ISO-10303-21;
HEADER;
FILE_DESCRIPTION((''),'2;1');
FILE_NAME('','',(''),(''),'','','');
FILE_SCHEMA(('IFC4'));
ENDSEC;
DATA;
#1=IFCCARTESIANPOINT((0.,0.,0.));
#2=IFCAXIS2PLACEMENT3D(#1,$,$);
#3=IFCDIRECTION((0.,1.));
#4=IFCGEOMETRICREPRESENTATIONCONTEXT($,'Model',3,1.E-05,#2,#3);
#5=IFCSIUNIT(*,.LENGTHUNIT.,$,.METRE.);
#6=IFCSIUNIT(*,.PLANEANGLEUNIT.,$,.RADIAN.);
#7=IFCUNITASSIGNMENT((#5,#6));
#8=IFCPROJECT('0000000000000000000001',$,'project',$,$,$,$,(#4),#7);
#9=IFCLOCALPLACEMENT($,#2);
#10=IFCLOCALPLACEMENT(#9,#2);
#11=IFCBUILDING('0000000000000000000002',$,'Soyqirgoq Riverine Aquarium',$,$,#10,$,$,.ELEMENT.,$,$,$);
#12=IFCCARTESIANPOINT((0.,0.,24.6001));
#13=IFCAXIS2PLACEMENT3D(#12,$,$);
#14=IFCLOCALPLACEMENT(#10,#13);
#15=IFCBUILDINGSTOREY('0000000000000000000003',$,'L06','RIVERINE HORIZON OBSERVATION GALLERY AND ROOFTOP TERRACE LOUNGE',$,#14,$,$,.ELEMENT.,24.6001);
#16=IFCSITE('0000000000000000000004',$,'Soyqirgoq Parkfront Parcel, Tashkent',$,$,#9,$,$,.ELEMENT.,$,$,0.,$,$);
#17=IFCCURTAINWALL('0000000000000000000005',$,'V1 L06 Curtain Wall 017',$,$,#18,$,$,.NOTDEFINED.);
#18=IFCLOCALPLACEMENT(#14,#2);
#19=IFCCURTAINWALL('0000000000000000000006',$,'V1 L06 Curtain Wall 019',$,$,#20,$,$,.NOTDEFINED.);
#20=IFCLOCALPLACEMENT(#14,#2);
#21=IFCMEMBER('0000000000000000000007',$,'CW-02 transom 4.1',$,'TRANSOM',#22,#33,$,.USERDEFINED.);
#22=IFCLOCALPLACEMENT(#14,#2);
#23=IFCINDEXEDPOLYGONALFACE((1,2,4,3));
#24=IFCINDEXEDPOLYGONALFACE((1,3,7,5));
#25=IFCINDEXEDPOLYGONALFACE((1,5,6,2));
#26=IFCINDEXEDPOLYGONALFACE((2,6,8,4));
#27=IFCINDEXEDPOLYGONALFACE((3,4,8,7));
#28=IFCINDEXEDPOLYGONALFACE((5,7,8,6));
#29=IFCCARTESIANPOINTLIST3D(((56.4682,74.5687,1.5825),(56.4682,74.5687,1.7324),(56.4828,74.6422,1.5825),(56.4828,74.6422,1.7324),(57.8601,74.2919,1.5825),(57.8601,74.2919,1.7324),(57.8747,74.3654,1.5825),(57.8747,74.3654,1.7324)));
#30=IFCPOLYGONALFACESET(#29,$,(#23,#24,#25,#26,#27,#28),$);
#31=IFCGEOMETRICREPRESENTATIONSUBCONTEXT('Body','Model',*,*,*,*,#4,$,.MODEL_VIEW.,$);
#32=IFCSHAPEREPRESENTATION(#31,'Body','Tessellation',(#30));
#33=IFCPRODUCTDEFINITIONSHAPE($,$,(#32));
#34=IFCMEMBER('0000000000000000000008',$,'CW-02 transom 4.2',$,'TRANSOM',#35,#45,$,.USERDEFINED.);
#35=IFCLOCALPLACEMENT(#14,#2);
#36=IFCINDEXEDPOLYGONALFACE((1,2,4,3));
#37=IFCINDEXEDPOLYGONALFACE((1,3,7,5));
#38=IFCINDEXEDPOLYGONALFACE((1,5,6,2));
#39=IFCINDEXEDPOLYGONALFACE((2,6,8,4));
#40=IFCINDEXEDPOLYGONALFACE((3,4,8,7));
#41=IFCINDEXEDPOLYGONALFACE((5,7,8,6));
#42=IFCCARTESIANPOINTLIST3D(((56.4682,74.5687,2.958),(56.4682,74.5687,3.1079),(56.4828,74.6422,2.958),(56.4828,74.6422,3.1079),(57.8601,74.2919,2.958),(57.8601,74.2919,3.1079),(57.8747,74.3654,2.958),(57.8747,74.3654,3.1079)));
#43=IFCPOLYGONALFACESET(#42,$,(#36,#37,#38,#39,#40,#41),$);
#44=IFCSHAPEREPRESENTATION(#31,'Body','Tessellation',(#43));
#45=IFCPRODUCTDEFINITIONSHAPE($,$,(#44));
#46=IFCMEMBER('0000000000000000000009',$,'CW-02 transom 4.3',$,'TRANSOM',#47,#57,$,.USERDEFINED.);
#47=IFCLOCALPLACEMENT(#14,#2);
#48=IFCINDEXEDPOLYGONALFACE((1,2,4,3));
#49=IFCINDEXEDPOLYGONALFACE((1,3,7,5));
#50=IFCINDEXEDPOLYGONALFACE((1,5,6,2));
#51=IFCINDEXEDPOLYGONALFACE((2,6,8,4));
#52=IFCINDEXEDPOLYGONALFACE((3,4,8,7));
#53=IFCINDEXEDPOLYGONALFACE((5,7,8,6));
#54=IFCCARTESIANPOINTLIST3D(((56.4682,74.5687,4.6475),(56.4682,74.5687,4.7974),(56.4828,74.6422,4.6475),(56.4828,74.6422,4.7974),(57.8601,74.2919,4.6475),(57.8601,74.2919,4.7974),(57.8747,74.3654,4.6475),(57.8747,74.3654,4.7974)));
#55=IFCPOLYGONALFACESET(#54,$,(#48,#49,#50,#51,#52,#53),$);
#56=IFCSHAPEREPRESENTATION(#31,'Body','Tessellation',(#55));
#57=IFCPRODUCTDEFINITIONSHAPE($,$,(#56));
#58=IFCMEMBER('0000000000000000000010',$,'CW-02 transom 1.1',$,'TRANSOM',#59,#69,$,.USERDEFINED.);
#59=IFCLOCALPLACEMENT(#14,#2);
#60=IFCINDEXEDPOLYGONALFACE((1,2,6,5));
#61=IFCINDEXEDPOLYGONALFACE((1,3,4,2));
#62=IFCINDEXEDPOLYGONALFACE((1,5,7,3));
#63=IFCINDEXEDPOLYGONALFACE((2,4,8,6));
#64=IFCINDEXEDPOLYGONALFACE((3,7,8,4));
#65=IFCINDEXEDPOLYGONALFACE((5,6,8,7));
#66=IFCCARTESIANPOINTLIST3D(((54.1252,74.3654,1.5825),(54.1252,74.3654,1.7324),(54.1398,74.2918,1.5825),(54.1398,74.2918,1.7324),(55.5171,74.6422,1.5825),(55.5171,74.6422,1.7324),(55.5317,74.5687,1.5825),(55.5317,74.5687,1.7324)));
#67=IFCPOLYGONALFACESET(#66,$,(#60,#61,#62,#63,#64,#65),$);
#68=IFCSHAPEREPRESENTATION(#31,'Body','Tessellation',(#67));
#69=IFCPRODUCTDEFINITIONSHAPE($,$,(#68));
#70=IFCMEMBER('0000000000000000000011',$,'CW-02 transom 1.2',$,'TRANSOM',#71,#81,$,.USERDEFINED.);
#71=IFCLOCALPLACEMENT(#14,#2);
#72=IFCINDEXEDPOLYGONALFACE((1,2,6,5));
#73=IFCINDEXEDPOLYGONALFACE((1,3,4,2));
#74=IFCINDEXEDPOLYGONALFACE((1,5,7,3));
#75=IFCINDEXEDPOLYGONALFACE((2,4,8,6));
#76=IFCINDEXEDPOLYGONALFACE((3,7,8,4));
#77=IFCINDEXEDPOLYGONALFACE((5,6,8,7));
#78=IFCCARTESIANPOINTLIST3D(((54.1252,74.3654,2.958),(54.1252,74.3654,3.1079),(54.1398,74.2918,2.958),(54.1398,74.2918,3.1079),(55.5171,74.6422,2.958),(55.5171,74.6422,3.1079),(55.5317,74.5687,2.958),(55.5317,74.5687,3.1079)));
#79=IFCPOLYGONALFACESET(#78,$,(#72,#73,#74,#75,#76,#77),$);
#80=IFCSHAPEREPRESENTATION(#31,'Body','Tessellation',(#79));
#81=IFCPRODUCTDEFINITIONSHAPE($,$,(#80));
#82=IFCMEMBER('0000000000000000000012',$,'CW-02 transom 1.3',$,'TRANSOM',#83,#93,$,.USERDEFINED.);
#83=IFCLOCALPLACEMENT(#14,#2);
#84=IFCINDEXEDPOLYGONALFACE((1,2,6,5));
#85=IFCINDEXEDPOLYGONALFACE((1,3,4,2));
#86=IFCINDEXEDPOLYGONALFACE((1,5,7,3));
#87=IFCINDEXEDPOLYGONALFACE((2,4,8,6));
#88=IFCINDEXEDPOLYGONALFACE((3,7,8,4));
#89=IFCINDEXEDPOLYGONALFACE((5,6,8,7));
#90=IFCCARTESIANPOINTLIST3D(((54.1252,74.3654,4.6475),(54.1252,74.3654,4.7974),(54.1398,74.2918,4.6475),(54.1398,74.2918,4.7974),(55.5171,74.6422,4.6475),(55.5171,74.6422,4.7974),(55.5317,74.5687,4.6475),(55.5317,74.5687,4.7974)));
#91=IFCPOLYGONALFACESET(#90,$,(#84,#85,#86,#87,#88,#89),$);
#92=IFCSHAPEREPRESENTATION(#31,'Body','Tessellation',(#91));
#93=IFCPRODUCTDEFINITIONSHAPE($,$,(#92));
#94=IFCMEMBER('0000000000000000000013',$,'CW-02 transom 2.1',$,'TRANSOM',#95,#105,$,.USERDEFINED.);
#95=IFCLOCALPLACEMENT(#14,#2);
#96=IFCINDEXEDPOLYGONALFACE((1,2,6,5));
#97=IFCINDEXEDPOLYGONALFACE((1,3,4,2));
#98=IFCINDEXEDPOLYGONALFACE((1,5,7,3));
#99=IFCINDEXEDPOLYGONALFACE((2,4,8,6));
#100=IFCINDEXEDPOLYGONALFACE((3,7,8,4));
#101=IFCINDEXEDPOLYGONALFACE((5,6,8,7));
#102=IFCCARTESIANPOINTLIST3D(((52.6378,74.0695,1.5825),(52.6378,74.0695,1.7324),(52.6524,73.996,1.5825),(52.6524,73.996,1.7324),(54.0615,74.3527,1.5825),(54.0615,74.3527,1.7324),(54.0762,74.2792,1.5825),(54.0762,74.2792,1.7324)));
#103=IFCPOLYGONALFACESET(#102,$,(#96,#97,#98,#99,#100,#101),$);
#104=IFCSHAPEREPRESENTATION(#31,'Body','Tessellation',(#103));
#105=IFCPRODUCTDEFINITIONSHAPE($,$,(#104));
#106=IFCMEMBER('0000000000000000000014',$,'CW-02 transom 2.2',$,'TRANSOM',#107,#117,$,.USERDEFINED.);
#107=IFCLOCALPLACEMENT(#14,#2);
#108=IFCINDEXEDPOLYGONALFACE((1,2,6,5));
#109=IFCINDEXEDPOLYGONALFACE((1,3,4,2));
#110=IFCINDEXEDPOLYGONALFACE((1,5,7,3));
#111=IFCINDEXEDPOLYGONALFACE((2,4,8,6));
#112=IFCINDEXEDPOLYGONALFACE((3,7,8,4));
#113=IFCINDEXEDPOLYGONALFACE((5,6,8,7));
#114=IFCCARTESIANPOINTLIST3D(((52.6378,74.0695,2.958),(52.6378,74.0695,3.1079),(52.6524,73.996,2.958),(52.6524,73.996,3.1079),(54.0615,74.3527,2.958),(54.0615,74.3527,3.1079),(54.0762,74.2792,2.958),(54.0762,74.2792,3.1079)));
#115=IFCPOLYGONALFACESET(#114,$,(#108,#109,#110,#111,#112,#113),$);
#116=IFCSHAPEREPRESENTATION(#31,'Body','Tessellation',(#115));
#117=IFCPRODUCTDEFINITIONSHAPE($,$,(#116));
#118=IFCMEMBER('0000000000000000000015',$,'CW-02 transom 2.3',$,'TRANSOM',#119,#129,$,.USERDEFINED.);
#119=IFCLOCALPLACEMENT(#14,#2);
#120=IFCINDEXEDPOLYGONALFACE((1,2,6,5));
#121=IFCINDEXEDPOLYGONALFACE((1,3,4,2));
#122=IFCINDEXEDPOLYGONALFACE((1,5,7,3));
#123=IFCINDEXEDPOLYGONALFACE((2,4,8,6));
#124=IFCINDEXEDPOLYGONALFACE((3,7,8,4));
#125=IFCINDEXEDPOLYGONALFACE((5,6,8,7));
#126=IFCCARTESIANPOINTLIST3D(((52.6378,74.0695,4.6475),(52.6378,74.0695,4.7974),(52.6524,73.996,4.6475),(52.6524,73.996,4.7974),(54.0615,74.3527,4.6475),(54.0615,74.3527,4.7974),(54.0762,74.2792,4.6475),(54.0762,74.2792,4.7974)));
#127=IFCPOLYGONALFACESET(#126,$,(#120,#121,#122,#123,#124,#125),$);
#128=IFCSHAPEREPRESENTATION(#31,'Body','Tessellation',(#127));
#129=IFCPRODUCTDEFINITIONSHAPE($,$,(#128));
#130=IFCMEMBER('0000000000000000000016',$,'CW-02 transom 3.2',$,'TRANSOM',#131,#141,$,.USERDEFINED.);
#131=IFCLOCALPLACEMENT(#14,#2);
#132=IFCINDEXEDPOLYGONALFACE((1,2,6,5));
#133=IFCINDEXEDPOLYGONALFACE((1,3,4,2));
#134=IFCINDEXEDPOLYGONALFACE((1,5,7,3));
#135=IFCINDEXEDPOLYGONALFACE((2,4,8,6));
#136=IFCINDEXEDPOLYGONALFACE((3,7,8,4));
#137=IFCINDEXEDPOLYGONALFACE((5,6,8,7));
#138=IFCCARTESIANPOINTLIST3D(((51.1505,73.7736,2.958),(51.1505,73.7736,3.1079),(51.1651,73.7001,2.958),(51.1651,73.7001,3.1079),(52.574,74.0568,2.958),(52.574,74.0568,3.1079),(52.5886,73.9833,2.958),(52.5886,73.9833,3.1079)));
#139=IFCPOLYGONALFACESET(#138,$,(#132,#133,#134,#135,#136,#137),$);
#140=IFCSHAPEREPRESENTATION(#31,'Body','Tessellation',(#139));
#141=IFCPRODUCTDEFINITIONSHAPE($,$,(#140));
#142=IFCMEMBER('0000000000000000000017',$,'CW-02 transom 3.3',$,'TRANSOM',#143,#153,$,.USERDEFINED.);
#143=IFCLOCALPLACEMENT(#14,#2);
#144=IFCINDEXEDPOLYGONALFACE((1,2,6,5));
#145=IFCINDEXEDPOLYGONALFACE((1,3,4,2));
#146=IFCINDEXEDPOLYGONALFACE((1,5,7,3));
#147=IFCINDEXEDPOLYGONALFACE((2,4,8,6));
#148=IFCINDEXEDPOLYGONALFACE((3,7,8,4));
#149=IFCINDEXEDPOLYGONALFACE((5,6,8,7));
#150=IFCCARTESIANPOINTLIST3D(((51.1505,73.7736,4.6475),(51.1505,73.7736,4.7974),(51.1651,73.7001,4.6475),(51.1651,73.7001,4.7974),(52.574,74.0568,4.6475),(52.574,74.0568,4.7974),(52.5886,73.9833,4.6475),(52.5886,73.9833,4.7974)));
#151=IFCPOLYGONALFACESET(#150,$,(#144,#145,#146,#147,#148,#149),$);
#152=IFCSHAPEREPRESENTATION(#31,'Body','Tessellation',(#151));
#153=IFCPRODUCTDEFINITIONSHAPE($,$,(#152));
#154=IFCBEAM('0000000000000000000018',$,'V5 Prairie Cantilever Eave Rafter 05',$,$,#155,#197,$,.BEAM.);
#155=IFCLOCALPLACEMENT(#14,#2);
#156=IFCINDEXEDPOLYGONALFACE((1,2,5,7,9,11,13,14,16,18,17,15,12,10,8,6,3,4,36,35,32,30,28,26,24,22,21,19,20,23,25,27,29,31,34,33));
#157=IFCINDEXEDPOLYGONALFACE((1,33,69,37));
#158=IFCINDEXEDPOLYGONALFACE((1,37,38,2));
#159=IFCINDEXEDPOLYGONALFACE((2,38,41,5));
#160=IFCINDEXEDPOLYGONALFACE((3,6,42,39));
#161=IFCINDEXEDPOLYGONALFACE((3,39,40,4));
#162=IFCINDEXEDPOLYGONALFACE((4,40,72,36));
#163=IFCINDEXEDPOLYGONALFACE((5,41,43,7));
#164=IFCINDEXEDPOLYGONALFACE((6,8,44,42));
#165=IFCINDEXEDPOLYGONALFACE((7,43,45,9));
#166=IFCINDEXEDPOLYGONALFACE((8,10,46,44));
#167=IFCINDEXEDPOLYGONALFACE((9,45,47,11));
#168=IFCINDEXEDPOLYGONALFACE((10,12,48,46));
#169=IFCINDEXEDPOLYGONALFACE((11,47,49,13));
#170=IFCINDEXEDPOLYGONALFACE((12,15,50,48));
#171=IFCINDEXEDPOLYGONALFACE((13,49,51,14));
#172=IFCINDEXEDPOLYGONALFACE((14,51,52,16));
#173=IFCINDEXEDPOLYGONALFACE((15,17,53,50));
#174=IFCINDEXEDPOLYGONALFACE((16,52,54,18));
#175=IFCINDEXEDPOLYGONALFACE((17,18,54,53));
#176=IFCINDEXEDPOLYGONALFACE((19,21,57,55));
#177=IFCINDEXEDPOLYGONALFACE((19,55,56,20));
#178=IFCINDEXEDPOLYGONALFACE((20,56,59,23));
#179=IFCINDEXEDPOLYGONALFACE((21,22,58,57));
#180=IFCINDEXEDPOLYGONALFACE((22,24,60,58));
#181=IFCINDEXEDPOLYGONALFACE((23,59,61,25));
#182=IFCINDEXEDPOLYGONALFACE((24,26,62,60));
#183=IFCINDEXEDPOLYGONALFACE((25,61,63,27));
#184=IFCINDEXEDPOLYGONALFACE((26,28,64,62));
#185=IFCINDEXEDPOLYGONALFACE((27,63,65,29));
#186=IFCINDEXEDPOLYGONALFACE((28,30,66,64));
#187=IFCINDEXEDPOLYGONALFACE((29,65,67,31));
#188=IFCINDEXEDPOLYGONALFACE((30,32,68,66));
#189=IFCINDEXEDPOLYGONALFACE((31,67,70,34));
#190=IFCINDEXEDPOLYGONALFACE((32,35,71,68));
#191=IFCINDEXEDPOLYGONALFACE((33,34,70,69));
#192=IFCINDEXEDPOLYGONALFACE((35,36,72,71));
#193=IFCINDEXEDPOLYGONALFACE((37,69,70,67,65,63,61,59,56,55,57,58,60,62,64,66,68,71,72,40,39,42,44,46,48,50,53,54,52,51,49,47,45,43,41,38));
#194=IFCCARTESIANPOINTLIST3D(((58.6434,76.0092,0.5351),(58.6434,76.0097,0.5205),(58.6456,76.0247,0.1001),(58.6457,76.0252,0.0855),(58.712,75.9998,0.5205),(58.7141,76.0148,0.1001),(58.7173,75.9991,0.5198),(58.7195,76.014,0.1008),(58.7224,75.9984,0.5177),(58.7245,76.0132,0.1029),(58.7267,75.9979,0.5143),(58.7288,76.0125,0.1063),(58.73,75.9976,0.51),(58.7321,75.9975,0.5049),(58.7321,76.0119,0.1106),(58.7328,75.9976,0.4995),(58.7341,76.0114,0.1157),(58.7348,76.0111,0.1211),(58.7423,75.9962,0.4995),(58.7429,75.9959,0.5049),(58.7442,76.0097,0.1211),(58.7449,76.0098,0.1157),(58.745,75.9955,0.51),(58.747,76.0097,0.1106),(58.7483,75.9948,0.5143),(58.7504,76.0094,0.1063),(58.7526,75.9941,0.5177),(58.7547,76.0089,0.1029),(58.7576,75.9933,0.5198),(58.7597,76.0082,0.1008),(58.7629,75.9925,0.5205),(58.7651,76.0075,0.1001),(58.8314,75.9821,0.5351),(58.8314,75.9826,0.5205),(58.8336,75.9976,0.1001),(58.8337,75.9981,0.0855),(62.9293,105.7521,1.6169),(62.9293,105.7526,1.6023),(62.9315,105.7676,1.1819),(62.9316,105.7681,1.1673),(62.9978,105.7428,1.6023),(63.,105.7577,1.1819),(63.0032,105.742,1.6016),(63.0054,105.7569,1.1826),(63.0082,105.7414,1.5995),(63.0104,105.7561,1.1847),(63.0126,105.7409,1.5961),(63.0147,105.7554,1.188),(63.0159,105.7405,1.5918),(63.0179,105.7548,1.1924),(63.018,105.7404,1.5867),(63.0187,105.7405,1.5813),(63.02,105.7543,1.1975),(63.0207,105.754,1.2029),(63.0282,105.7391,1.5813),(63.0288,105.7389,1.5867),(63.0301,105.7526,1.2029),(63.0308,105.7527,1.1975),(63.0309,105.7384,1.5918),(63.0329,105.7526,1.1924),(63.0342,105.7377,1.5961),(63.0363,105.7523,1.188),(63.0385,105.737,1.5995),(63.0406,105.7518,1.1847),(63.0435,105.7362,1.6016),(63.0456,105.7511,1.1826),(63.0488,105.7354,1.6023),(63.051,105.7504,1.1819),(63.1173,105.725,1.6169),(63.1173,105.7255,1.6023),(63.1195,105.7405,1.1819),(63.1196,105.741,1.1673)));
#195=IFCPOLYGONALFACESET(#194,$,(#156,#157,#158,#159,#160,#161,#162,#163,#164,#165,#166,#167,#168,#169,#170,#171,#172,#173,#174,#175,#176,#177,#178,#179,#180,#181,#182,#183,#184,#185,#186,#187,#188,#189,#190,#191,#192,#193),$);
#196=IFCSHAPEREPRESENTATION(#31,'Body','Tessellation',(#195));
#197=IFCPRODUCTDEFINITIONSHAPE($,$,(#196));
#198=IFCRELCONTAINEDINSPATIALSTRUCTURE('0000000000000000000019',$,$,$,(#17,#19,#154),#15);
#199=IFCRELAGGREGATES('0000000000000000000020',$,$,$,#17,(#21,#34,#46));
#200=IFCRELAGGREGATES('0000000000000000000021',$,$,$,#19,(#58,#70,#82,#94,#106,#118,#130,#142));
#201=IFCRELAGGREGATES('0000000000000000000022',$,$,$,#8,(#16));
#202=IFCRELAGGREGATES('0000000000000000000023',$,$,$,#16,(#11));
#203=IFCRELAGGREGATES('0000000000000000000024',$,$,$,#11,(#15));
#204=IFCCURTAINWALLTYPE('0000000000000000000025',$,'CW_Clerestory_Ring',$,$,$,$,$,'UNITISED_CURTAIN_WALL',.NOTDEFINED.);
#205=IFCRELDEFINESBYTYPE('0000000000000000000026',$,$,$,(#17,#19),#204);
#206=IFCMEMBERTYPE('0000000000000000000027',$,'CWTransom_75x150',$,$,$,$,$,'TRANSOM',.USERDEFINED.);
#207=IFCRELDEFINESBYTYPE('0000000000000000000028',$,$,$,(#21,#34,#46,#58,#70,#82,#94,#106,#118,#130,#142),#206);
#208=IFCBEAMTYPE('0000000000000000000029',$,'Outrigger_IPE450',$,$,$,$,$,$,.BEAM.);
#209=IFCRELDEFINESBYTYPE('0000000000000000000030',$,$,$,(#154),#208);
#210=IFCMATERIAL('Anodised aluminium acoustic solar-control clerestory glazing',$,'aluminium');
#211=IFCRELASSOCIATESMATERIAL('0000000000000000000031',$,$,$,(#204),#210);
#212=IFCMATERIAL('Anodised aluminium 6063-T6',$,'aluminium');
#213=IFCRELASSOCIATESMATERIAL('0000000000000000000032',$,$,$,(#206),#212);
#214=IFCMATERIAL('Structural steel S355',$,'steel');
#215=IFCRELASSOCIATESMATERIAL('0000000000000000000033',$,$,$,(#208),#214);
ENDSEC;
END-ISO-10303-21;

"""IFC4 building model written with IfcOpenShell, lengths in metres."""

from ifc_helpers import new_model, si_unit, direction, frame, origin, origin_2d, place, context, subcontext, project, spatial, rectangle, i_section, extrude, material, material_profile, profile_set, type_object, element, aggregate, save


model = new_model("IFC4")

# Units and contexts
model_context = context("Model", 3, precision=1e-05, world=origin(), true_north=direction((0.0, 1.0)))
body_context = subcontext(model_context, "Body", "Model", "MODEL_VIEW")
ifc_project = project(units=[si_unit("LENGTHUNIT", "METRE"), si_unit("PLANEANGLEUNIT", "RADIAN")], contexts=[model_context])

# Site, building, storey
site_placement = place(None, origin())
site = spatial("IfcSite", under=ifc_project, at=site_placement, Name="Soyqirgoq Parkfront Parcel, Tashkent", CompositionType="ELEMENT", RefElevation=0.0)
building_placement = place(site_placement, origin())
building = spatial("IfcBuilding", under=site, at=building_placement, Name="Soyqirgoq Riverine Aquarium", CompositionType="ELEMENT")
storey_placement = place(building_placement, frame((0.0, 0.0, 24.6001)))
storey = spatial("IfcBuildingStorey", under=building, at=storey_placement, Name="L06", Description="RIVERINE HORIZON OBSERVATION GALLERY AND ROOFTOP TERRACE LOUNGE", CompositionType="ELEMENT", Elevation=24.6001)

# Curtain walls
ifc_material_1 = material(Name="Anodised aluminium acoustic solar-control clerestory glazing", Category="aluminium")
curtain_wall_type = type_object("IfcCurtainWallType", Name="CW_Clerestory_Ring", ElementType="UNITISED_CURTAIN_WALL", PredefinedType="NOTDEFINED", material=ifc_material_1)
curtain_wall_1_placement = place(storey_placement, origin())
curtain_wall_1 = element("IfcCurtainWall", 1, at=curtain_wall_1_placement, inside=storey, type_object=curtain_wall_type, Name="V1 L06 Curtain Wall 017", PredefinedType="NOTDEFINED")
curtain_wall_2_placement = place(storey_placement, origin())
curtain_wall_2 = element("IfcCurtainWall", 2, at=curtain_wall_2_placement, inside=storey, type_object=curtain_wall_type, Name="V1 L06 Curtain Wall 019", PredefinedType="NOTDEFINED")

# Members
ifc_material_2 = material(Name="Anodised aluminium 6063-T6", Category="aluminium")
ifc_material_profile_1 = material_profile(ifc_material_2, rectangle(XDim=0.075, YDim=0.1499, at=origin_2d()), Name="ALU-T 75x150")
ifc_profile_set_1 = profile_set([ifc_material_profile_1], Name="Anodised aluminium 6063-T6")
member_type_1 = type_object("IfcMemberType", Name="CWTransom_75x150", ElementType="TRANSOM", PredefinedType="USERDEFINED", material=ifc_profile_set_1)
member_1_placement = place(storey_placement, frame((57.8674, 74.3286, 1.6575), z_axis=(-0.980785, 0.19509, 0.0), x_axis=(-0.19509, -0.980785, 0.0)))
member_1 = element("IfcMember", 3, at=member_1_placement, type_object=member_type_1, Name="CW-02 transom 4.1", ObjectType="TRANSOM", PredefinedType="USERDEFINED", context=body_context, shape_type="SweptSolid", body=[
    extrude(rectangle(XDim=0.075, YDim=0.1499, at=origin_2d()), origin(), (0.0, 0.0, 1.0), 1.4192),
])
member_2_placement = place(storey_placement, frame((57.8674, 74.3286, 3.033), z_axis=(-0.980785, 0.19509, 0.0), x_axis=(-0.19509, -0.980785, 0.0)))
member_2 = element("IfcMember", 4, at=member_2_placement, type_object=member_type_1, Name="CW-02 transom 4.2", ObjectType="TRANSOM", PredefinedType="USERDEFINED", context=body_context, shape_type="SweptSolid", body=[
    extrude(rectangle(XDim=0.075, YDim=0.1499, at=origin_2d()), origin(), (0.0, 0.0, 1.0), 1.4192),
])
member_3_placement = place(storey_placement, frame((57.8674, 74.3286, 4.7224), z_axis=(-0.980785, 0.19509, 0.0), x_axis=(-0.19509, -0.980785, 0.0)))
member_3 = element("IfcMember", 5, at=member_3_placement, type_object=member_type_1, Name="CW-02 transom 4.3", ObjectType="TRANSOM", PredefinedType="USERDEFINED", context=body_context, shape_type="SweptSolid", body=[
    extrude(rectangle(XDim=0.075, YDim=0.1499, at=origin_2d()), origin(), (0.0, 0.0, 1.0), 1.4192),
])
member_4_placement = place(storey_placement, frame((55.5244, 74.6055, 1.6575), z_axis=(-0.980785, -0.19509, 0.0), x_axis=(0.19509, -0.980785, 0.0)))
member_4 = element("IfcMember", 6, at=member_4_placement, type_object=member_type_1, Name="CW-02 transom 1.1", ObjectType="TRANSOM", PredefinedType="USERDEFINED", context=body_context, shape_type="SweptSolid", body=[
    extrude(rectangle(XDim=0.075, YDim=0.1499, at=origin_2d()), origin(), (0.0, 0.0, 1.0), 1.4192),
])
member_5_placement = place(storey_placement, frame((55.5244, 74.6055, 3.033), z_axis=(-0.980785, -0.19509, 0.0), x_axis=(0.19509, -0.980785, 0.0)))
member_5 = element("IfcMember", 7, at=member_5_placement, type_object=member_type_1, Name="CW-02 transom 1.2", ObjectType="TRANSOM", PredefinedType="USERDEFINED", context=body_context, shape_type="SweptSolid", body=[
    extrude(rectangle(XDim=0.075, YDim=0.1499, at=origin_2d()), origin(), (0.0, 0.0, 1.0), 1.4192),
])
member_6_placement = place(storey_placement, frame((55.5244, 74.6055, 4.7224), z_axis=(-0.980785, -0.19509, 0.0), x_axis=(0.19509, -0.980785, 0.0)))
member_6 = element("IfcMember", 8, at=member_6_placement, type_object=member_type_1, Name="CW-02 transom 1.3", ObjectType="TRANSOM", PredefinedType="USERDEFINED", context=body_context, shape_type="SweptSolid", body=[
    extrude(rectangle(XDim=0.075, YDim=0.1499, at=origin_2d()), origin(), (0.0, 0.0, 1.0), 1.4192),
])
member_7_placement = place(storey_placement, frame((54.0688, 74.3159, 1.6575), z_axis=(-0.980787, -0.195081, 0.0), x_axis=(0.195081, -0.980787, 0.0)))
member_7 = element("IfcMember", 9, at=member_7_placement, type_object=member_type_1, Name="CW-02 transom 2.1", ObjectType="TRANSOM", PredefinedType="USERDEFINED", context=body_context, shape_type="SweptSolid", body=[
    extrude(rectangle(XDim=0.075, YDim=0.1499, at=origin_2d()), origin(), (0.0, 0.0, 1.0), 1.4517),
])
member_8_placement = place(storey_placement, frame((54.0688, 74.3159, 3.033), z_axis=(-0.980787, -0.195081, 0.0), x_axis=(0.195081, -0.980787, 0.0)))
member_8 = element("IfcMember", 10, at=member_8_placement, type_object=member_type_1, Name="CW-02 transom 2.2", ObjectType="TRANSOM", PredefinedType="USERDEFINED", context=body_context, shape_type="SweptSolid", body=[
    extrude(rectangle(XDim=0.075, YDim=0.1499, at=origin_2d()), origin(), (0.0, 0.0, 1.0), 1.4517),
])
member_9_placement = place(storey_placement, frame((54.0688, 74.3159, 4.7224), z_axis=(-0.980787, -0.195081, 0.0), x_axis=(0.195081, -0.980787, 0.0)))
member_9 = element("IfcMember", 11, at=member_9_placement, type_object=member_type_1, Name="CW-02 transom 2.3", ObjectType="TRANSOM", PredefinedType="USERDEFINED", context=body_context, shape_type="SweptSolid", body=[
    extrude(rectangle(XDim=0.075, YDim=0.1499, at=origin_2d()), origin(), (0.0, 0.0, 1.0), 1.4517),
])
member_10_placement = place(storey_placement, frame((52.5813, 74.02, 3.033), z_axis=(-0.980781, -0.195113, 0.0), x_axis=(0.195113, -0.980781, 0.0)))
member_10 = element("IfcMember", 12, at=member_10_placement, type_object=member_type_1, Name="CW-02 transom 3.2", ObjectType="TRANSOM", PredefinedType="USERDEFINED", context=body_context, shape_type="SweptSolid", body=[
    extrude(rectangle(XDim=0.075, YDim=0.1499, at=origin_2d()), origin(), (0.0, 0.0, 1.0), 1.4514),
])
member_11_placement = place(storey_placement, frame((52.5813, 74.02, 4.7224), z_axis=(-0.980781, -0.195113, 0.0), x_axis=(0.195113, -0.980781, 0.0)))
member_11 = element("IfcMember", 13, at=member_11_placement, type_object=member_type_1, Name="CW-02 transom 3.3", ObjectType="TRANSOM", PredefinedType="USERDEFINED", context=body_context, shape_type="SweptSolid", body=[
    extrude(rectangle(XDim=0.075, YDim=0.1499, at=origin_2d()), origin(), (0.0, 0.0, 1.0), 1.4514),
])

# Beam
ifc_material_3 = material(Name="Structural steel S355", Category="steel")
ifc_material_profile_2 = material_profile(ifc_material_3, i_section(OverallWidth=0.1899, OverallDepth=0.45, WebThickness=0.0095, FlangeThickness=0.0146, FilletRadius=0.021, at=origin_2d()), Name="IPE 450")
ifc_profile_set_2 = profile_set([ifc_material_profile_2], Name="Structural steel S355")
beam_type_1 = type_object("IfcBeamType", Name="Outrigger_IPE450", PredefinedType="BEAM", material=ifc_profile_set_2)
beam_1_placement = place(storey_placement, frame((58.7385, 76.0037, 0.3103), z_axis=(0.142532, 0.989136, 0.035976), x_axis=(-0.989777, 0.142625, 0.0)))
element("IfcBeam", 14, at=beam_1_placement, inside=storey, type_object=beam_type_1, Name="V5 Prairie Cantilever Eave Rafter 05", PredefinedType="BEAM", context=body_context, shape_type="SweptSolid", body=[
    extrude(i_section(OverallWidth=0.1899, OverallDepth=0.45, WebThickness=0.0095, FlangeThickness=0.0146, FilletRadius=0.021, at=origin_2d()), origin(), (0.0, 0.0, 1.0), 30.0696),
])

aggregate(curtain_wall_1, [member_1, member_2, member_3])
aggregate(curtain_wall_2, [member_4, member_5, member_6, member_7, member_8, member_9, member_10, member_11])

save(model, "model.ifc")
